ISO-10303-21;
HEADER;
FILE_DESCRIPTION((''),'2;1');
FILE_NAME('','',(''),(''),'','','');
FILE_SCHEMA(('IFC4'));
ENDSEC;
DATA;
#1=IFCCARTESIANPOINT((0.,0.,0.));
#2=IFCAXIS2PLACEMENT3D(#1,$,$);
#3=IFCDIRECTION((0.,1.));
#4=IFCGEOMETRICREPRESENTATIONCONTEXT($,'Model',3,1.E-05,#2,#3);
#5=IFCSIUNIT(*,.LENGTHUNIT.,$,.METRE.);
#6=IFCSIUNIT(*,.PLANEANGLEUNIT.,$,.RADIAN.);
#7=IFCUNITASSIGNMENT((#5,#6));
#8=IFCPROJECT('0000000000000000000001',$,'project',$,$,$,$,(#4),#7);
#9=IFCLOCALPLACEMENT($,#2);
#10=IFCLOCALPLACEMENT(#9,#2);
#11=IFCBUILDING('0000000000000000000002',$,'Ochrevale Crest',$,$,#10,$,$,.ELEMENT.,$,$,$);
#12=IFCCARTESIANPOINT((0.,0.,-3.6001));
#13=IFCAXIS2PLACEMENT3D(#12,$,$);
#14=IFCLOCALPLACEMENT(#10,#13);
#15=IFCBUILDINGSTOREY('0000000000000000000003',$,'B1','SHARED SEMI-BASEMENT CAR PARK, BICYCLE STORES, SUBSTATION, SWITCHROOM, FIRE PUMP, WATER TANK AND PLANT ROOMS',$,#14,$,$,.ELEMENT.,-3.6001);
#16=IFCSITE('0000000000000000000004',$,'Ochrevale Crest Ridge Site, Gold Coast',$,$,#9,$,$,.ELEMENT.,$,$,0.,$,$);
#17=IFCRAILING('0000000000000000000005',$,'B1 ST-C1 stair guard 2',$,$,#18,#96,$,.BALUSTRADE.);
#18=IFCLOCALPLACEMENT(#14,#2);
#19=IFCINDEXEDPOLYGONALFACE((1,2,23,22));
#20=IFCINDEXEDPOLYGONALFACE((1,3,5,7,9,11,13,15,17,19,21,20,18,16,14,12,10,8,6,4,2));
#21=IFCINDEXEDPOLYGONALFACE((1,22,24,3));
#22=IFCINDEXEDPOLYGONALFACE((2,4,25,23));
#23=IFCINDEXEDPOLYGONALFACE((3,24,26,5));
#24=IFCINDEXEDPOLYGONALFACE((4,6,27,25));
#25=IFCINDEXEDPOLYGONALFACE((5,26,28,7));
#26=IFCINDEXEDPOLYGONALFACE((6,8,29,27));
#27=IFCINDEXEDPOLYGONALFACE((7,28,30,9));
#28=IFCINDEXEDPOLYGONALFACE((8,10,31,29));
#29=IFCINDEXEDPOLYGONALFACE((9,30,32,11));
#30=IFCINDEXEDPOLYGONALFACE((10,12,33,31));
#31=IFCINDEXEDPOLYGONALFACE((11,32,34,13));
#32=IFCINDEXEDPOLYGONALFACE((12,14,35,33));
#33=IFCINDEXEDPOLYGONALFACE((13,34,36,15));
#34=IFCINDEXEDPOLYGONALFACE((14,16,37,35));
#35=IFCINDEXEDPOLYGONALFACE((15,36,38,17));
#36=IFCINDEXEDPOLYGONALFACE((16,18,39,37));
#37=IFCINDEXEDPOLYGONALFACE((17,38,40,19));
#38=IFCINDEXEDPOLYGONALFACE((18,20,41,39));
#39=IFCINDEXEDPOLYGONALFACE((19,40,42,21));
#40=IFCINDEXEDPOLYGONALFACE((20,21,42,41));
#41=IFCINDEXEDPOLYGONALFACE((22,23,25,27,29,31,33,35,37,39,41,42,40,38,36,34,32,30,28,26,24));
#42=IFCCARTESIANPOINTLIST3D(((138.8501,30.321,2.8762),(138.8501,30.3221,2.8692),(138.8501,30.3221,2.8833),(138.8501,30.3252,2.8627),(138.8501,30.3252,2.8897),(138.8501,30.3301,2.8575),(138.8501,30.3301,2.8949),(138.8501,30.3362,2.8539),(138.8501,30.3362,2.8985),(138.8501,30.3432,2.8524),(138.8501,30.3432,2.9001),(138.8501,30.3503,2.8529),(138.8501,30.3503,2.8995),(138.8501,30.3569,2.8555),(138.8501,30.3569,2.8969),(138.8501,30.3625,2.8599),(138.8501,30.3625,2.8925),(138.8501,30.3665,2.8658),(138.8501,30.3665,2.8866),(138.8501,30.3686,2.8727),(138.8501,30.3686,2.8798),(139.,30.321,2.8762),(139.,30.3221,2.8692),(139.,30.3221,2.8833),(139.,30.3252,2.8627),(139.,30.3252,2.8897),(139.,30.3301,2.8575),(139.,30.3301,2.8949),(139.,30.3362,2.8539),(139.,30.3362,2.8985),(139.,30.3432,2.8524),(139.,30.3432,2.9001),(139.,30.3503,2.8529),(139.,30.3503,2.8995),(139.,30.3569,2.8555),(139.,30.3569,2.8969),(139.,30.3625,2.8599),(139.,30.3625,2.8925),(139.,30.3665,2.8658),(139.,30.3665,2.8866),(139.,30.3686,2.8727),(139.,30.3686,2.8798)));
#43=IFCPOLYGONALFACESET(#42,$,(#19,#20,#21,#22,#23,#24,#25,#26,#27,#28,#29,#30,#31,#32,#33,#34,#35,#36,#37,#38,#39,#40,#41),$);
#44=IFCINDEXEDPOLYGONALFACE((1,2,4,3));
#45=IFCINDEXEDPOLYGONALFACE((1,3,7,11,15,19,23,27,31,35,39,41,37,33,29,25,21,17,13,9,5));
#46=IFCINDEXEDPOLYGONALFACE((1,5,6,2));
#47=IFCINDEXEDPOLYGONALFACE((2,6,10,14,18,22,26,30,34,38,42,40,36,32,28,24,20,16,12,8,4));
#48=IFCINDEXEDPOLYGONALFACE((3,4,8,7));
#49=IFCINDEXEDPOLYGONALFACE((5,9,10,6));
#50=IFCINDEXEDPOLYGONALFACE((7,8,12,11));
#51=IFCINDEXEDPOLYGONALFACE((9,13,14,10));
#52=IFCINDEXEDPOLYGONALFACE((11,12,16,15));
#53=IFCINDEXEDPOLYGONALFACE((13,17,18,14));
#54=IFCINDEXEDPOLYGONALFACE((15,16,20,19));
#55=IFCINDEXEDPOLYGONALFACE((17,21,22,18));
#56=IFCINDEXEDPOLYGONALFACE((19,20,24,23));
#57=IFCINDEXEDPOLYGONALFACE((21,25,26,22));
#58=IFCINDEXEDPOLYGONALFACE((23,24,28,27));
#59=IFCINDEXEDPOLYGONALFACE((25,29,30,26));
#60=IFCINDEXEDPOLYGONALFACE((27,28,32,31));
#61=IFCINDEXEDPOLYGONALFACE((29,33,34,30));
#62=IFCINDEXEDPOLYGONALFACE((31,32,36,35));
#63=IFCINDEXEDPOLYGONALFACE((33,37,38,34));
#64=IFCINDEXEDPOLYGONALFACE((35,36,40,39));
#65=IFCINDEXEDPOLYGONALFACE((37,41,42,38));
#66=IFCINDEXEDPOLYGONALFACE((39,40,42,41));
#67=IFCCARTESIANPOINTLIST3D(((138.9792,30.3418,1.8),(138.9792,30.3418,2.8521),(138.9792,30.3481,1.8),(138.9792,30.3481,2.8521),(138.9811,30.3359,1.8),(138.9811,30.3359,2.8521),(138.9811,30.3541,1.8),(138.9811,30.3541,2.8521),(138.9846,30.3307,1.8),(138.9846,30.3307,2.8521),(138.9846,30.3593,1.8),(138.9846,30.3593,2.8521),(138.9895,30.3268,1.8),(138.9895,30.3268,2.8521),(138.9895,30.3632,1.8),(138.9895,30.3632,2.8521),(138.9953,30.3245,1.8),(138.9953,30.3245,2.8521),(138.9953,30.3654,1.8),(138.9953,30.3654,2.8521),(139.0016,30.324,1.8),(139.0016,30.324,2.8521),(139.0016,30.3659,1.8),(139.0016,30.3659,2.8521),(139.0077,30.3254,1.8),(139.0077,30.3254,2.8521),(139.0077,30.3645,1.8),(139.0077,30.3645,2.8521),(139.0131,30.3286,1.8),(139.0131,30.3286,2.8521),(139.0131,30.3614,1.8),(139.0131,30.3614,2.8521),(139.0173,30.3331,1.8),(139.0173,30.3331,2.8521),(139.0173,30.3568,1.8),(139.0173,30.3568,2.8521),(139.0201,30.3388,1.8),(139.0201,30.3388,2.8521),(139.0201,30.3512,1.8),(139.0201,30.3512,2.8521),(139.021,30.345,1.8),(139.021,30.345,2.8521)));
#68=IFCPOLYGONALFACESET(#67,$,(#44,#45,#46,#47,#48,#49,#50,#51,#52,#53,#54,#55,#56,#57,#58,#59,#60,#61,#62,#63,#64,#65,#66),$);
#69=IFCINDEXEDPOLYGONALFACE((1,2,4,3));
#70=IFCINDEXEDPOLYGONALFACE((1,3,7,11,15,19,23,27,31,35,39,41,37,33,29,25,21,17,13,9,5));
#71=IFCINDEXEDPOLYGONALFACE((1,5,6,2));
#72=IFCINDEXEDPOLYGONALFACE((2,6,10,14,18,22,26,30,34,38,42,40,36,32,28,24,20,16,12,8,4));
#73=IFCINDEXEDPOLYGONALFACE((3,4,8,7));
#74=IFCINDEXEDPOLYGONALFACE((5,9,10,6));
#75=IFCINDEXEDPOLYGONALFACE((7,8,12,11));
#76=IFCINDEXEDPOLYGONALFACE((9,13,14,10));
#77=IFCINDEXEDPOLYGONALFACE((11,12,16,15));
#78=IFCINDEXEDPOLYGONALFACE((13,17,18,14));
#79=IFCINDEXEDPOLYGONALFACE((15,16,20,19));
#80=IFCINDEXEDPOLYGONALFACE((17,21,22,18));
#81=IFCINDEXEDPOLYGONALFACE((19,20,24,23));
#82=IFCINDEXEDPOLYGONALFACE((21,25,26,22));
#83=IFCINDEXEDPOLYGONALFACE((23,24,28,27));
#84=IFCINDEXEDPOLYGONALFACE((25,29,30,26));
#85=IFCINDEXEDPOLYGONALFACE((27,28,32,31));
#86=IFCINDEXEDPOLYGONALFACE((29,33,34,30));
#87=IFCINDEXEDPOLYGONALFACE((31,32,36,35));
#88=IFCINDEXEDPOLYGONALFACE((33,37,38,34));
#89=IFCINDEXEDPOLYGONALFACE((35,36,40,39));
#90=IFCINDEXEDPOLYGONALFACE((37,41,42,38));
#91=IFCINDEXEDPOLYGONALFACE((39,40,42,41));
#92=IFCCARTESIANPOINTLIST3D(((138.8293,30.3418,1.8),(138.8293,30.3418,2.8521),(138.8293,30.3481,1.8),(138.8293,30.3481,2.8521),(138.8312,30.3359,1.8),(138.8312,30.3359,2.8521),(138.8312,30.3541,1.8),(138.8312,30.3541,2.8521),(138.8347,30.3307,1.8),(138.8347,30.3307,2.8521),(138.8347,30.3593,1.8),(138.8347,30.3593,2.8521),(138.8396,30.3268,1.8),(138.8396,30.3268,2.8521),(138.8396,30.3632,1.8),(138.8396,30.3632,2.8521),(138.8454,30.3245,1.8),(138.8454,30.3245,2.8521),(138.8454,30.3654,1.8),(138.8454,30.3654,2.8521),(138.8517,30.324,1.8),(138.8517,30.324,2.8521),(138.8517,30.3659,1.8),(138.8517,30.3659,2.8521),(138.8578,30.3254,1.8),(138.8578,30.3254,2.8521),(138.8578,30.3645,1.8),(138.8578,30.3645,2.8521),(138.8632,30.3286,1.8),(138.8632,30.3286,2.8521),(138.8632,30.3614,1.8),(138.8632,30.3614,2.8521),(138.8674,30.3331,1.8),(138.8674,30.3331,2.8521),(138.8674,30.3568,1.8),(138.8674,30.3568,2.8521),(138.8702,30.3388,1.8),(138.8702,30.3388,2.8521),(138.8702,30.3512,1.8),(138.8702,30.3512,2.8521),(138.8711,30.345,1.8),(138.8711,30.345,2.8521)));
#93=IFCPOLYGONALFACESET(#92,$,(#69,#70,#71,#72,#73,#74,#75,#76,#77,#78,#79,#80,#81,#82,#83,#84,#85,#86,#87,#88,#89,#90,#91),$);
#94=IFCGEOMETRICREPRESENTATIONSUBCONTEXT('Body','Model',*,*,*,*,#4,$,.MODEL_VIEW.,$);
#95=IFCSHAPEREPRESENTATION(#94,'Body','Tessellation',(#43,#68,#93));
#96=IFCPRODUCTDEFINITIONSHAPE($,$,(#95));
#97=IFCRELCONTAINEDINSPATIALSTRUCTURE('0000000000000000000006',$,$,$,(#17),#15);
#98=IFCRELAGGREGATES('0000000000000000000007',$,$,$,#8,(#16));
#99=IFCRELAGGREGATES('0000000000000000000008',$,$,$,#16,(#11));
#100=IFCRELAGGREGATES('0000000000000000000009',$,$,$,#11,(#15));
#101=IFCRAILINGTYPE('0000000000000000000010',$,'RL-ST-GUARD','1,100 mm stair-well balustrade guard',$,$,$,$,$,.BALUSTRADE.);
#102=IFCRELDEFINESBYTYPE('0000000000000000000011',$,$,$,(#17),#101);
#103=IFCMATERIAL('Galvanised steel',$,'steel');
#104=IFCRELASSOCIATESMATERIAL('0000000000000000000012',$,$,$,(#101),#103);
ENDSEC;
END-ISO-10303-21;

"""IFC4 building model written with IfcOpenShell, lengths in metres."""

from ifc_helpers import new_model, si_unit, direction, frame, origin, origin_2d, place, context, subcontext, project, spatial, circle, extrude, material, type_object, element, save


model = new_model("IFC4")

# Units and contexts
model_context = context("Model", 3, precision=1e-05, world=origin(), true_north=direction((0.0, 1.0)))
body_context = subcontext(model_context, "Body", "Model", "MODEL_VIEW")
ifc_project = project(units=[si_unit("LENGTHUNIT", "METRE"), si_unit("PLANEANGLEUNIT", "RADIAN")], contexts=[model_context])

# Site, building, storey
site_placement = place(None, origin())
site = spatial("IfcSite", under=ifc_project, at=site_placement, Name="Ochrevale Crest Ridge Site, Gold Coast", CompositionType="ELEMENT", RefElevation=0.0)
building_placement = place(site_placement, origin())
building = spatial("IfcBuilding", under=site, at=building_placement, Name="Ochrevale Crest", CompositionType="ELEMENT")
storey_placement = place(building_placement, frame((0.0, 0.0, -3.6001)))
storey = spatial("IfcBuildingStorey", under=building, at=storey_placement, Name="B1", Description="SHARED SEMI-BASEMENT CAR PARK, BICYCLE STORES, SUBSTATION, SWITCHROOM, FIRE PUMP, WATER TANK AND PLANT ROOMS", CompositionType="ELEMENT", Elevation=-3.6001)

# Railing
ifc_material_1 = material(Name="Galvanised steel", Category="steel")
railing_type_1 = type_object("IfcRailingType", Name="RL-ST-GUARD", Description="1,100 mm stair-well balustrade guard", PredefinedType="BALUSTRADE", material=ifc_material_1)
railing_1_placement = place(storey_placement, frame((139.0, 30.345, 1.8)))
element("IfcRailing", 1, at=railing_1_placement, inside=storey, type_object=railing_type_1, Name="B1 ST-C1 stair guard 2", PredefinedType="BALUSTRADE", context=body_context, shape_type="SweptSolid", body=[
    extrude(circle(Radius=0.0239, at=origin_2d()), frame((0.0, 0.0, 1.0762), z_axis=(-1.0, 0.0, 0.0), x_axis=(0.0, -1.0, 0.0)), (0.0, 0.0, 1.0), 0.1499),
    extrude(circle(Radius=0.021, at=origin_2d()), origin(), (0.0, 0.0, 1.0), 1.052),
    extrude(circle(Radius=0.021, at=origin_2d()), frame((-0.1499, 0.0, 0.0)), (0.0, 0.0, 1.0), 1.052),
])

save(model, "model.ifc")
